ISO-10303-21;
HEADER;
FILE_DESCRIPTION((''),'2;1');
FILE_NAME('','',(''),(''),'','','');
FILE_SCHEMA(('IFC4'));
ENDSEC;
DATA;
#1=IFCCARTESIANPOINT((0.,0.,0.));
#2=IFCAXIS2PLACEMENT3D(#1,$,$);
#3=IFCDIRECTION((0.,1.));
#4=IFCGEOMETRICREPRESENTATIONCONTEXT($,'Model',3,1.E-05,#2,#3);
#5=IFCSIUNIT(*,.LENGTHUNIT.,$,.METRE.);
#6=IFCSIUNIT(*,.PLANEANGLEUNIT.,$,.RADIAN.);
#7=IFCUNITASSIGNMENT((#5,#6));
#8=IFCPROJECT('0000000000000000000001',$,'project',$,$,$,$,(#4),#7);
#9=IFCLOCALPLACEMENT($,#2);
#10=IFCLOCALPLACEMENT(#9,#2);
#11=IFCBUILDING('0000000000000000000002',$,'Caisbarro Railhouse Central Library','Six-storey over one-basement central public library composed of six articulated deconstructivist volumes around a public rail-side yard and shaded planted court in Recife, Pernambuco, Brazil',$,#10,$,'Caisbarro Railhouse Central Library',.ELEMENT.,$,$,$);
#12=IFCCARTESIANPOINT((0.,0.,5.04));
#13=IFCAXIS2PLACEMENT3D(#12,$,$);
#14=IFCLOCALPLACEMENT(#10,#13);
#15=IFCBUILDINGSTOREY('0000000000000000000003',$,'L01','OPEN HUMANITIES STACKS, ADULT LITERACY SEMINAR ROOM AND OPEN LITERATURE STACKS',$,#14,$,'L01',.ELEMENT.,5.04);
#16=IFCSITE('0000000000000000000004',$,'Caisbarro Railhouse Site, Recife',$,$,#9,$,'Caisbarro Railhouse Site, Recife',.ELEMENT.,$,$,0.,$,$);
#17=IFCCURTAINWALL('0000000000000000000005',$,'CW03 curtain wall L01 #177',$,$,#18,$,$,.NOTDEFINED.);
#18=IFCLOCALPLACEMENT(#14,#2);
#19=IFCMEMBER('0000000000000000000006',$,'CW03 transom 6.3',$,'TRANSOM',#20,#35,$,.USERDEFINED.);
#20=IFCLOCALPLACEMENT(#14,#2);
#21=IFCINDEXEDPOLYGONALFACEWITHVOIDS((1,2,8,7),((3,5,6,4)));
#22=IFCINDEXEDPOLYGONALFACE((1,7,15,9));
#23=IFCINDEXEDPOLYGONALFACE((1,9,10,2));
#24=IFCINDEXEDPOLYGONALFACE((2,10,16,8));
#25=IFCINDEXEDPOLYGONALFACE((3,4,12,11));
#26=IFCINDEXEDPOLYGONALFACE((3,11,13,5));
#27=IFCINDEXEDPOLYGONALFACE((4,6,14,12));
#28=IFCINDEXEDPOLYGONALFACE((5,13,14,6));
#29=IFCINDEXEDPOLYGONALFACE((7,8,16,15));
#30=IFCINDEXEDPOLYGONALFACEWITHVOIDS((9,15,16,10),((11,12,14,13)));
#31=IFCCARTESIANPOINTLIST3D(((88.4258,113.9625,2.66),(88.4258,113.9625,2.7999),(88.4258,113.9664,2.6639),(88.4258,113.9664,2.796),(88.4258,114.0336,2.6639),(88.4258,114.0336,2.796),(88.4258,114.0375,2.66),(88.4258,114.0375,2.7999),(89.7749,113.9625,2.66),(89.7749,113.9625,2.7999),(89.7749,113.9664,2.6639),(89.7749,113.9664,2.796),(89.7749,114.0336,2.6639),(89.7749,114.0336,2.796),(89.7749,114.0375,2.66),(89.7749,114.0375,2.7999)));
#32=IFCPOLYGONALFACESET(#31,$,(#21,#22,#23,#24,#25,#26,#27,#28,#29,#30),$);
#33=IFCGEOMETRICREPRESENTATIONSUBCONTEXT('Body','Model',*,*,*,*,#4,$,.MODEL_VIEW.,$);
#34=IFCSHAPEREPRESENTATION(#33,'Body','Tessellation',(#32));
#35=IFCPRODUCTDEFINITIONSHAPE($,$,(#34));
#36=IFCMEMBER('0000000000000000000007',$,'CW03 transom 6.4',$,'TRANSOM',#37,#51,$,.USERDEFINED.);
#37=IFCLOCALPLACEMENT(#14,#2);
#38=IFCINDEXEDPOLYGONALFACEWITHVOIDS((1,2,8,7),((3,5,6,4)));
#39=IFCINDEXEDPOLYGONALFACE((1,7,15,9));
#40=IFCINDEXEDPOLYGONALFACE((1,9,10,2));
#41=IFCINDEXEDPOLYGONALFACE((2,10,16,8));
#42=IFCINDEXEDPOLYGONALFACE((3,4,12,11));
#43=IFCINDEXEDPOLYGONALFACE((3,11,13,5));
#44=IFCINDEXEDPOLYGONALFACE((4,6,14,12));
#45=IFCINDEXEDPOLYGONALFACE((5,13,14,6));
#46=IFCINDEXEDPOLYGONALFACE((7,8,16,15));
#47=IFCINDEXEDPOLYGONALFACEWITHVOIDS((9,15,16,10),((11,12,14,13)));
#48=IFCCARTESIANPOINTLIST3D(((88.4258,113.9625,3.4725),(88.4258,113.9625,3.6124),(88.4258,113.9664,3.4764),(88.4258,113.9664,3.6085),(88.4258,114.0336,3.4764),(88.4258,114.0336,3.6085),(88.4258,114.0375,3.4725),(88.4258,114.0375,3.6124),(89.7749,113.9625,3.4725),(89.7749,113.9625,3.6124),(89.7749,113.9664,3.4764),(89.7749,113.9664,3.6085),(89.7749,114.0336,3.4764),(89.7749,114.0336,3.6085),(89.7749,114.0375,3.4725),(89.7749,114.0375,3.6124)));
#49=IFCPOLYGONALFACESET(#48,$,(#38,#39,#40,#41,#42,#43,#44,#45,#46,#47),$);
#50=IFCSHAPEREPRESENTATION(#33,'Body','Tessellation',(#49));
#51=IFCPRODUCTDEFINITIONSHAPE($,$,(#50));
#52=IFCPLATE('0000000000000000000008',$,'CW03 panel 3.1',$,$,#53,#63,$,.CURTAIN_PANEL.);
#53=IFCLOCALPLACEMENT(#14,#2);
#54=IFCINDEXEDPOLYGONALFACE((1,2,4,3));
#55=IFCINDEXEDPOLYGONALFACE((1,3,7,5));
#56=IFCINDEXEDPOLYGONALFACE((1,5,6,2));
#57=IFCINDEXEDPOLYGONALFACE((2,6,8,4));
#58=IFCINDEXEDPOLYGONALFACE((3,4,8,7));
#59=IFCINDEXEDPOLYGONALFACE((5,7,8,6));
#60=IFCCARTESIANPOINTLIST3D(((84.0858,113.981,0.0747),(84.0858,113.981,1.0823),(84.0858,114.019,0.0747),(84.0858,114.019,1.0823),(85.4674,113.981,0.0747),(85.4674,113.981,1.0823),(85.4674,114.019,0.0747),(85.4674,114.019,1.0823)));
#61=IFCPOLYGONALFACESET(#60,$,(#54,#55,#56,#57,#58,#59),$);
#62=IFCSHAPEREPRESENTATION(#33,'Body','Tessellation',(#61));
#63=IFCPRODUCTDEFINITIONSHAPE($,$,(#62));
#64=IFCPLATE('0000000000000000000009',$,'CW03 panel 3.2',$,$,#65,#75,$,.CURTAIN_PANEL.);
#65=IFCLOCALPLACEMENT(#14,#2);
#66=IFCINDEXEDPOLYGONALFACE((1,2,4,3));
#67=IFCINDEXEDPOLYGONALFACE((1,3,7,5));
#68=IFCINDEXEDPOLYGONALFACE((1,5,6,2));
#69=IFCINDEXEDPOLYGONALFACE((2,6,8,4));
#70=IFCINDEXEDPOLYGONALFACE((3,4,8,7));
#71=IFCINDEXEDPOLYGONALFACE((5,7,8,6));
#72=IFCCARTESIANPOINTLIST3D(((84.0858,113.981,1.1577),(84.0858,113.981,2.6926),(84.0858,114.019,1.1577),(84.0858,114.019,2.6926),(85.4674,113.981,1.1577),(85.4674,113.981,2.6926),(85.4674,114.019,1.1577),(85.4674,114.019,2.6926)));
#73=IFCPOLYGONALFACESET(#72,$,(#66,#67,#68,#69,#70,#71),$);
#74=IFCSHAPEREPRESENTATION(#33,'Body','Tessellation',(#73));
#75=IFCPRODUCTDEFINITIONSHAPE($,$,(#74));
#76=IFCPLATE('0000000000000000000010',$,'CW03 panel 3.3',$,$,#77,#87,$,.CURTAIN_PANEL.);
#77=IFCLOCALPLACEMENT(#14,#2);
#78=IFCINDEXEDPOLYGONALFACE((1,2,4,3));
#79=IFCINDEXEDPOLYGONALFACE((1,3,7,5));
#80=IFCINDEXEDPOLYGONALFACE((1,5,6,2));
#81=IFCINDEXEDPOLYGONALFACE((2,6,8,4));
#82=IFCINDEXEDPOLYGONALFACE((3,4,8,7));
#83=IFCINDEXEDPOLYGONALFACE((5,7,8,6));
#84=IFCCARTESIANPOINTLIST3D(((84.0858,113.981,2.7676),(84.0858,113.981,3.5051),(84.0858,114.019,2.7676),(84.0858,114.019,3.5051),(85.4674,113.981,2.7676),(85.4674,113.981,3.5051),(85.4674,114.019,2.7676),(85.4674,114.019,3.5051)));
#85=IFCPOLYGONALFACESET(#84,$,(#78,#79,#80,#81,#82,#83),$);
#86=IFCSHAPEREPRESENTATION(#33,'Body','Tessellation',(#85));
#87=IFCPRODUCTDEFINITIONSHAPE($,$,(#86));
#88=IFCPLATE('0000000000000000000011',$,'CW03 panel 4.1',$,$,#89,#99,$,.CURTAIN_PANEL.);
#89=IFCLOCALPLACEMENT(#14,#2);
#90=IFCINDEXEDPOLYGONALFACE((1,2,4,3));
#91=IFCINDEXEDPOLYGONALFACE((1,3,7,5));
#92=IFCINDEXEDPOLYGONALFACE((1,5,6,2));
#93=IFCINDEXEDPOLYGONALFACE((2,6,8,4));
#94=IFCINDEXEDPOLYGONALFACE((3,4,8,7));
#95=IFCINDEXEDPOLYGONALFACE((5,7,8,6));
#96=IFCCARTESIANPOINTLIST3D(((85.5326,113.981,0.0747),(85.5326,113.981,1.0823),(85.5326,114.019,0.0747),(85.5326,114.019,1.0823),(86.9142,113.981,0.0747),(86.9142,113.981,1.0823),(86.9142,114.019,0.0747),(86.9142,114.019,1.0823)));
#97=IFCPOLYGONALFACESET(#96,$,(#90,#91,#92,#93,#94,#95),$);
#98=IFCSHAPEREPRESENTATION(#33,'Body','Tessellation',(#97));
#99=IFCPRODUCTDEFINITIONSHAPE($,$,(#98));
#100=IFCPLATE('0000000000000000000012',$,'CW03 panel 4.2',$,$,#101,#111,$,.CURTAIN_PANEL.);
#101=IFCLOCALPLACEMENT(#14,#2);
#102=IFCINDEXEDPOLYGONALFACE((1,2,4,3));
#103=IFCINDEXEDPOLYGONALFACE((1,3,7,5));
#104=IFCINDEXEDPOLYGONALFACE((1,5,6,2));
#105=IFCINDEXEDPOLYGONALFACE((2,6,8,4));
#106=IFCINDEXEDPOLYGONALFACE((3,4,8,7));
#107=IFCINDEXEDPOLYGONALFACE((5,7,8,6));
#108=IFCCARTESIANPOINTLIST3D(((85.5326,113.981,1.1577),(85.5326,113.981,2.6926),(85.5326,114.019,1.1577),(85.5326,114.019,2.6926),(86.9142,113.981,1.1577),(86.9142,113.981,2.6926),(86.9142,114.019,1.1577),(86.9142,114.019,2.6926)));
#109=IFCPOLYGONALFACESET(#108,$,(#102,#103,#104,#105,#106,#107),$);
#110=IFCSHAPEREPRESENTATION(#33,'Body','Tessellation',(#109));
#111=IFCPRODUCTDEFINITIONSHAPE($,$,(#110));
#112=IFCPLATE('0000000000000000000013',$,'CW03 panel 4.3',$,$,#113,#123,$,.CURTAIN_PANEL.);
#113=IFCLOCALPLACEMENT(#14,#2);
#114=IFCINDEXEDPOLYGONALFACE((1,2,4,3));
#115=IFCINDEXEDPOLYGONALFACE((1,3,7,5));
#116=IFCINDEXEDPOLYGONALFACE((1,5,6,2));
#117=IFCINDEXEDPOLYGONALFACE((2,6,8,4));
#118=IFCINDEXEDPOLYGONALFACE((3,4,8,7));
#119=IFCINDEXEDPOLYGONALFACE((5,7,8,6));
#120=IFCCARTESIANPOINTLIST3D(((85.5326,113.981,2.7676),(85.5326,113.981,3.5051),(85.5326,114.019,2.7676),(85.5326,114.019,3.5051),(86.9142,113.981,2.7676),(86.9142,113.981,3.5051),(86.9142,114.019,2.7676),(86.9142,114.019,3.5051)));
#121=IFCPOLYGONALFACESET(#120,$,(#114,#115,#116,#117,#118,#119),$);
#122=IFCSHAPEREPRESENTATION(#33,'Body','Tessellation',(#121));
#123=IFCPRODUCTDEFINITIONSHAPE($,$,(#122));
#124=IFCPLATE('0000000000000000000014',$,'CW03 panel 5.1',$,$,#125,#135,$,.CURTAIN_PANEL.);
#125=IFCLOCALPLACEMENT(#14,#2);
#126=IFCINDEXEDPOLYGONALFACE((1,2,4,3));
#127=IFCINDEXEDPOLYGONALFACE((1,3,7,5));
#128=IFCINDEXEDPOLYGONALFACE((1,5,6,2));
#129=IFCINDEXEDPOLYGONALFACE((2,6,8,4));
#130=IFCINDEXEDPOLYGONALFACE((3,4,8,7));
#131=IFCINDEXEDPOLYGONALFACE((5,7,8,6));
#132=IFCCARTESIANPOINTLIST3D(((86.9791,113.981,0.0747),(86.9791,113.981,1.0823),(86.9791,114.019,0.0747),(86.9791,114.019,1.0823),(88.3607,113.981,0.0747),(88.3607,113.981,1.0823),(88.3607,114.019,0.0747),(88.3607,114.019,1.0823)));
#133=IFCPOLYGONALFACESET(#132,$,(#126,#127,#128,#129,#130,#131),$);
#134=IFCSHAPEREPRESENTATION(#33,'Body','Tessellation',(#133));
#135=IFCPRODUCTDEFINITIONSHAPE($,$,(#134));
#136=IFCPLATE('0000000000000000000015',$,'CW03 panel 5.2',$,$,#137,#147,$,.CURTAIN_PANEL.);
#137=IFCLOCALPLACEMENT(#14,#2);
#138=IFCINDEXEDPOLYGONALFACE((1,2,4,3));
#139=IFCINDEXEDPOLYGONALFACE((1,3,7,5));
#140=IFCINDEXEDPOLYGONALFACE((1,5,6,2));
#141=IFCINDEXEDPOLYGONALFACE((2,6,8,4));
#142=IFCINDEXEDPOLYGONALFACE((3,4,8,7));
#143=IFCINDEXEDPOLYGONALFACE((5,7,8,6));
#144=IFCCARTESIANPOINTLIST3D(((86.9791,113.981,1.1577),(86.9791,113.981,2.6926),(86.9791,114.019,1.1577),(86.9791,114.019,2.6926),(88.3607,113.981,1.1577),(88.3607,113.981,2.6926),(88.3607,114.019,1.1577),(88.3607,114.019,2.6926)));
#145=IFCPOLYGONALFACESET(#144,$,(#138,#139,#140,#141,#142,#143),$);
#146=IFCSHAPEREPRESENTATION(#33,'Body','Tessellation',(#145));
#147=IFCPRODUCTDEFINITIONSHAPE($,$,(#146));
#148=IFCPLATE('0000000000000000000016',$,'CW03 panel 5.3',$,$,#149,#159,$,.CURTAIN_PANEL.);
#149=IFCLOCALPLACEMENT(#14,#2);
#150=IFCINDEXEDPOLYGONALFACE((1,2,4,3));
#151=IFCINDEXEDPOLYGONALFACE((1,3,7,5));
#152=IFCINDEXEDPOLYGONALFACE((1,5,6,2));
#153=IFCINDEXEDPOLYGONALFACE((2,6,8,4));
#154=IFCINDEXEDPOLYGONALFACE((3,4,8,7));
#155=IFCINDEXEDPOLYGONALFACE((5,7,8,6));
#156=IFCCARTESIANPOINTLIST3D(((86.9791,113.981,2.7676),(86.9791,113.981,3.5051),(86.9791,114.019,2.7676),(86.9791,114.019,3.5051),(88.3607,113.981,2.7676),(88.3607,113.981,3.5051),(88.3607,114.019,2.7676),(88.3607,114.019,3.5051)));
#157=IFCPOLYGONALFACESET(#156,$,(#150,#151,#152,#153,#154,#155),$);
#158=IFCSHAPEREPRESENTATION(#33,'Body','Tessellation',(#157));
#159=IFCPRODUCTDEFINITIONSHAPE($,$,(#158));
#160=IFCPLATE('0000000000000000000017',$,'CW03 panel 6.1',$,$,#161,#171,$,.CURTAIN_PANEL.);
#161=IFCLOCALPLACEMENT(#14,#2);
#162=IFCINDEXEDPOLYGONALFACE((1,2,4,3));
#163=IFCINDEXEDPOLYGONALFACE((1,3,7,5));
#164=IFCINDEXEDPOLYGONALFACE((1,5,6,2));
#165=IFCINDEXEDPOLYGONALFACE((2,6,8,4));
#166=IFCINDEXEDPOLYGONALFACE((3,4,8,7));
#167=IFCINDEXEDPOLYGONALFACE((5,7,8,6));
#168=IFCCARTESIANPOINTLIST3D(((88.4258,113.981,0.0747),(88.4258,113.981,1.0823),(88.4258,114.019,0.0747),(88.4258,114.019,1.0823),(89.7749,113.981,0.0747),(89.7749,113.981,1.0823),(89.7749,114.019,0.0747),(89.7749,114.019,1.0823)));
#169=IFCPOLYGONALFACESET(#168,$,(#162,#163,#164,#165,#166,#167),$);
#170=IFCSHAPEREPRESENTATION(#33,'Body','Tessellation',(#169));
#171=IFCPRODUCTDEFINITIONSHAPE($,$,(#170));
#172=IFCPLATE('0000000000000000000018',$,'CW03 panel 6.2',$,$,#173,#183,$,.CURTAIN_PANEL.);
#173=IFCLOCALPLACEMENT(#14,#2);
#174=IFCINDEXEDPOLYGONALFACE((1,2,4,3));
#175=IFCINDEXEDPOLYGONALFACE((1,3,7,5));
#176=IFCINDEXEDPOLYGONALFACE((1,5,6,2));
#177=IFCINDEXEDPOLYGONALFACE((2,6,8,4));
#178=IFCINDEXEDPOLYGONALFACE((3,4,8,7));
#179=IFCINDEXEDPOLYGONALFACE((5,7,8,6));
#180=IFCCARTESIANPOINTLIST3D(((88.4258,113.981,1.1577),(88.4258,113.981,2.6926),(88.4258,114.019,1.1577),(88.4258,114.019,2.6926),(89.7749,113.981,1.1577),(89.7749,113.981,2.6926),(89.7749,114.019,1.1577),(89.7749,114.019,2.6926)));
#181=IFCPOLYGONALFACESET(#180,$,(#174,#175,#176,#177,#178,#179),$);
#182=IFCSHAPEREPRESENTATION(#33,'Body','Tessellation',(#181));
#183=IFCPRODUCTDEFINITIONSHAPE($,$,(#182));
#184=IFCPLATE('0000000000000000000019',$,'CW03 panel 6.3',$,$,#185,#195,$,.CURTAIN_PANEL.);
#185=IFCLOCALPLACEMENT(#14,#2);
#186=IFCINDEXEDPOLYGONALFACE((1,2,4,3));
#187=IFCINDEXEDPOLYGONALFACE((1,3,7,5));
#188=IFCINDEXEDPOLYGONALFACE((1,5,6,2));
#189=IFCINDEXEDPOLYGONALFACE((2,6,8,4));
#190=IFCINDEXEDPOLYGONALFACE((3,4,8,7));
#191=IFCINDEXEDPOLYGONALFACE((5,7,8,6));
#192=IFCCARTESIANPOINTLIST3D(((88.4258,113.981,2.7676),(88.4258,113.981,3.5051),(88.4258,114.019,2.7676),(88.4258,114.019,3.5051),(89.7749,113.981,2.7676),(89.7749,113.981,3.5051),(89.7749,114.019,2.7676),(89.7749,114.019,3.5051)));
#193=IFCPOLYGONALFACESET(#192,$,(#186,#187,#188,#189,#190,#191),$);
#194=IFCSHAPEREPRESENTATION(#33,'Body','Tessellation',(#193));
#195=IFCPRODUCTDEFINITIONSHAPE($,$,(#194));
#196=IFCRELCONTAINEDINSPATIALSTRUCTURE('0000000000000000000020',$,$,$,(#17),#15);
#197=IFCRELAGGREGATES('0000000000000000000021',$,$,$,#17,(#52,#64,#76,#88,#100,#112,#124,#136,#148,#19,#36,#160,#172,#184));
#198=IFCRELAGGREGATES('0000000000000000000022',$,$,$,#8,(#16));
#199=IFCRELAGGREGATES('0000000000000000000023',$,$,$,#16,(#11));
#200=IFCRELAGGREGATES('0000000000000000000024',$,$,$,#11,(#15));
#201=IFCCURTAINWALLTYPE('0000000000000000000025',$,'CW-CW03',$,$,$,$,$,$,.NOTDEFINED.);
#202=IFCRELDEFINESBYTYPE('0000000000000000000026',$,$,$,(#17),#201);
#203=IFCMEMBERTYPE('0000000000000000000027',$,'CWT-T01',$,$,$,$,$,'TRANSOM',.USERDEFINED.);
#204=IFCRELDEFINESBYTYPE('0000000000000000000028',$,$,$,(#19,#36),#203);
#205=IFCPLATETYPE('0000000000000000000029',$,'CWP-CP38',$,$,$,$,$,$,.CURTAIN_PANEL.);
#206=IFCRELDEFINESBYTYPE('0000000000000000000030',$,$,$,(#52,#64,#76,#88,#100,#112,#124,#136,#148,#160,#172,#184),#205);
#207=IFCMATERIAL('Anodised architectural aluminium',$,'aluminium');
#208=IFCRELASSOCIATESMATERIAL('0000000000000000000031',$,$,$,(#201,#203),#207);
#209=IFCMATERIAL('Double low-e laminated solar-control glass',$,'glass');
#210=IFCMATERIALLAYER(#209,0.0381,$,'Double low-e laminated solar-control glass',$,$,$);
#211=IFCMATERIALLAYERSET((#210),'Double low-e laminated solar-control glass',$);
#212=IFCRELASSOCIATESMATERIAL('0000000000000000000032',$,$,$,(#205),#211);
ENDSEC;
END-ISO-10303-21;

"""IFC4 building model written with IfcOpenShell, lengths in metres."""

from ifc_helpers import new_model, si_unit, direction, frame, origin, origin_2d, place, context, subcontext, project, spatial, rectangle, hollow_rectangle, extrude, material, layer, layer_set, material_profile, profile_set, type_object, element, aggregate, save


model = new_model("IFC4")

# Units and contexts
model_context = context("Model", 3, precision=1e-05, world=origin(), true_north=direction((0.0, 1.0)))
body_context = subcontext(model_context, "Body", "Model", "MODEL_VIEW")
ifc_project = project(units=[si_unit("LENGTHUNIT", "METRE"), si_unit("PLANEANGLEUNIT", "RADIAN")], contexts=[model_context])

# Site, building, storey
site_placement = place(None, origin())
site = spatial("IfcSite", under=ifc_project, at=site_placement, Name="Caisbarro Railhouse Site, Recife", LongName="Caisbarro Railhouse Site, Recife", CompositionType="ELEMENT", RefElevation=0.0)
building_placement = place(site_placement, origin())
building = spatial("IfcBuilding", under=site, at=building_placement, Name="Caisbarro Railhouse Central Library", Description="Six-storey over one-basement central public library composed of six articulated deconstructivist volumes around a public rail-side yard and shaded planted court in Recife, Pernambuco, Brazil", LongName="Caisbarro Railhouse Central Library", CompositionType="ELEMENT")
storey_placement = place(building_placement, frame((0.0, 0.0, 5.04)))
storey = spatial("IfcBuildingStorey", under=building, at=storey_placement, Name="L01", Description="OPEN HUMANITIES STACKS, ADULT LITERACY SEMINAR ROOM AND OPEN LITERATURE STACKS", LongName="L01", CompositionType="ELEMENT", Elevation=5.04)

# Curtain wall, members, plates
ifc_material_1 = material(Name="Anodised architectural aluminium", Category="aluminium")
curtain_wall_type = type_object("IfcCurtainWallType", Name="CW-CW03", PredefinedType="NOTDEFINED", material=ifc_material_1)
curtain_wall_placement = place(storey_placement, origin())
curtain_wall = element("IfcCurtainWall", 1, at=curtain_wall_placement, inside=storey, type_object=curtain_wall_type, Name="CW03 curtain wall L01 #177", PredefinedType="NOTDEFINED")
ifc_material_profile_1 = material_profile(ifc_material_1, hollow_rectangle(XDim=0.075, YDim=0.1399, WallThickness=0.0039, at=origin_2d()), Name="ALU-TRN-75X140")
ifc_profile_set_1 = profile_set([ifc_material_profile_1], Name="Anodised architectural aluminium")
member_type_1 = type_object("IfcMemberType", Name="CWT-T01", ElementType="TRANSOM", PredefinedType="USERDEFINED", material=ifc_profile_set_1)
member_1_placement = place(storey_placement, frame((88.4258, 114.0, 2.73), z_axis=(1.0, 0.0, 0.0), x_axis=(0.0, 1.0, 0.0)))
member_1 = element("IfcMember", 2, at=member_1_placement, type_object=member_type_1, Name="CW03 transom 6.3", ObjectType="TRANSOM", PredefinedType="USERDEFINED", context=body_context, shape_type="SweptSolid", body=[
    extrude(hollow_rectangle(XDim=0.075, YDim=0.1399, WallThickness=0.0039, at=origin_2d()), origin(), (0.0, 0.0, 1.0), 1.3491),
])
member_2_placement = place(storey_placement, frame((88.4258, 114.0, 3.5425), z_axis=(1.0, 0.0, 0.0), x_axis=(0.0, 1.0, 0.0)))
member_2 = element("IfcMember", 3, at=member_2_placement, type_object=member_type_1, Name="CW03 transom 6.4", ObjectType="TRANSOM", PredefinedType="USERDEFINED", context=body_context, shape_type="SweptSolid", body=[
    extrude(hollow_rectangle(XDim=0.075, YDim=0.1399, WallThickness=0.0039, at=origin_2d()), origin(), (0.0, 0.0, 1.0), 1.3491),
])
ifc_material_2 = material(Name="Double low-e laminated solar-control glass", Category="glass")
ifc_layer = layer(ifc_material_2, 0.0381, Name="Double low-e laminated solar-control glass")
ifc_layer_set = layer_set([ifc_layer], Name="Double low-e laminated solar-control glass")
plate_type = type_object("IfcPlateType", Name="CWP-CP38", PredefinedType="CURTAIN_PANEL", material=ifc_layer_set)
plate_1_placement = place(storey_placement, frame((84.7766, 114.0, 0.0747), z_axis=(0.0, 0.0, 1.0), x_axis=(1.0, 0.0, 0.0)))
plate_1 = element("IfcPlate", 4, at=plate_1_placement, type_object=plate_type, Name="CW03 panel 3.1", PredefinedType="CURTAIN_PANEL", context=body_context, shape_type="SweptSolid", body=[
    extrude(rectangle(XDim=1.3816, YDim=0.0381, at=origin_2d()), origin(), (0.0, 0.0, 1.0), 1.0076),
])
plate_2_placement = place(storey_placement, frame((84.7766, 114.0, 1.1577), z_axis=(0.0, 0.0, 1.0), x_axis=(1.0, 0.0, 0.0)))
plate_2 = element("IfcPlate", 5, at=plate_2_placement, type_object=plate_type, Name="CW03 panel 3.2", PredefinedType="CURTAIN_PANEL", context=body_context, shape_type="SweptSolid", body=[
    extrude(rectangle(XDim=1.3816, YDim=0.0381, at=origin_2d()), origin(), (0.0, 0.0, 1.0), 1.5349),
])
plate_3_placement = place(storey_placement, frame((84.7766, 114.0, 2.7676), z_axis=(0.0, 0.0, 1.0), x_axis=(1.0, 0.0, 0.0)))
plate_3 = element("IfcPlate", 6, at=plate_3_placement, type_object=plate_type, Name="CW03 panel 3.3", PredefinedType="CURTAIN_PANEL", context=body_context, shape_type="SweptSolid", body=[
    extrude(rectangle(XDim=1.3816, YDim=0.0381, at=origin_2d()), origin(), (0.0, 0.0, 1.0), 0.7375),
])
plate_4_placement = place(storey_placement, frame((86.2234, 114.0, 0.0747), z_axis=(0.0, 0.0, 1.0), x_axis=(1.0, 0.0, 0.0)))
plate_4 = element("IfcPlate", 7, at=plate_4_placement, type_object=plate_type, Name="CW03 panel 4.1", PredefinedType="CURTAIN_PANEL", context=body_context, shape_type="SweptSolid", body=[
    extrude(rectangle(XDim=1.3816, YDim=0.0381, at=origin_2d()), origin(), (0.0, 0.0, 1.0), 1.0076),
])
plate_5_placement = place(storey_placement, frame((86.2234, 114.0, 1.1577), z_axis=(0.0, 0.0, 1.0), x_axis=(1.0, 0.0, 0.0)))
plate_5 = element("IfcPlate", 8, at=plate_5_placement, type_object=plate_type, Name="CW03 panel 4.2", PredefinedType="CURTAIN_PANEL", context=body_context, shape_type="SweptSolid", body=[
    extrude(rectangle(XDim=1.3816, YDim=0.0381, at=origin_2d()), origin(), (0.0, 0.0, 1.0), 1.5349),
])
plate_6_placement = place(storey_placement, frame((86.2234, 114.0, 2.7676), z_axis=(0.0, 0.0, 1.0), x_axis=(1.0, 0.0, 0.0)))
plate_6 = element("IfcPlate", 9, at=plate_6_placement, type_object=plate_type, Name="CW03 panel 4.3", PredefinedType="CURTAIN_PANEL", context=body_context, shape_type="SweptSolid", body=[
    extrude(rectangle(XDim=1.3816, YDim=0.0381, at=origin_2d()), origin(), (0.0, 0.0, 1.0), 0.7375),
])
plate_7_placement = place(storey_placement, frame((87.6699, 114.0, 0.0747), z_axis=(0.0, 0.0, 1.0), x_axis=(1.0, 0.0, 0.0)))
plate_7 = element("IfcPlate", 10, at=plate_7_placement, type_object=plate_type, Name="CW03 panel 5.1", PredefinedType="CURTAIN_PANEL", context=body_context, shape_type="SweptSolid", body=[
    extrude(rectangle(XDim=1.3816, YDim=0.0381, at=origin_2d()), origin(), (0.0, 0.0, 1.0), 1.0076),
])
plate_8_placement = place(storey_placement, frame((87.6699, 114.0, 1.1577), z_axis=(0.0, 0.0, 1.0), x_axis=(1.0, 0.0, 0.0)))
plate_8 = element("IfcPlate", 11, at=plate_8_placement, type_object=plate_type, Name="CW03 panel 5.2", PredefinedType="CURTAIN_PANEL", context=body_context, shape_type="SweptSolid", body=[
    extrude(rectangle(XDim=1.3816, YDim=0.0381, at=origin_2d()), origin(), (0.0, 0.0, 1.0), 1.5349),
])
plate_9_placement = place(storey_placement, frame((87.6699, 114.0, 2.7676), z_axis=(0.0, 0.0, 1.0), x_axis=(1.0, 0.0, 0.0)))
plate_9 = element("IfcPlate", 12, at=plate_9_placement, type_object=plate_type, Name="CW03 panel 5.3", PredefinedType="CURTAIN_PANEL", context=body_context, shape_type="SweptSolid", body=[
    extrude(rectangle(XDim=1.3816, YDim=0.0381, at=origin_2d()), origin(), (0.0, 0.0, 1.0), 0.7375),
])
plate_10_placement = place(storey_placement, frame((89.1003, 114.0, 0.0747), z_axis=(0.0, 0.0, 1.0), x_axis=(1.0, 0.0, 0.0)))
plate_10 = element("IfcPlate", 13, at=plate_10_placement, type_object=plate_type, Name="CW03 panel 6.1", PredefinedType="CURTAIN_PANEL", context=body_context, shape_type="SweptSolid", body=[
    extrude(rectangle(XDim=1.3491, YDim=0.0381, at=origin_2d()), origin(), (0.0, 0.0, 1.0), 1.0076),
])
plate_11_placement = place(storey_placement, frame((89.1003, 114.0, 1.1577), z_axis=(0.0, 0.0, 1.0), x_axis=(1.0, 0.0, 0.0)))
plate_11 = element("IfcPlate", 14, at=plate_11_placement, type_object=plate_type, Name="CW03 panel 6.2", PredefinedType="CURTAIN_PANEL", context=body_context, shape_type="SweptSolid", body=[
    extrude(rectangle(XDim=1.3491, YDim=0.0381, at=origin_2d()), origin(), (0.0, 0.0, 1.0), 1.5349),
])
plate_12_placement = place(storey_placement, frame((89.1003, 114.0, 2.7676), z_axis=(0.0, 0.0, 1.0), x_axis=(1.0, 0.0, 0.0)))
plate_12 = element("IfcPlate", 15, at=plate_12_placement, type_object=plate_type, Name="CW03 panel 6.3", PredefinedType="CURTAIN_PANEL", context=body_context, shape_type="SweptSolid", body=[
    extrude(rectangle(XDim=1.3491, YDim=0.0381, at=origin_2d()), origin(), (0.0, 0.0, 1.0), 0.7375),
])
aggregate(curtain_wall, [plate_1, plate_2, plate_3, plate_4, plate_5, plate_6, plate_7, plate_8, plate_9, member_1, member_2, plate_10, plate_11, plate_12])

save(model, "model.ifc")
